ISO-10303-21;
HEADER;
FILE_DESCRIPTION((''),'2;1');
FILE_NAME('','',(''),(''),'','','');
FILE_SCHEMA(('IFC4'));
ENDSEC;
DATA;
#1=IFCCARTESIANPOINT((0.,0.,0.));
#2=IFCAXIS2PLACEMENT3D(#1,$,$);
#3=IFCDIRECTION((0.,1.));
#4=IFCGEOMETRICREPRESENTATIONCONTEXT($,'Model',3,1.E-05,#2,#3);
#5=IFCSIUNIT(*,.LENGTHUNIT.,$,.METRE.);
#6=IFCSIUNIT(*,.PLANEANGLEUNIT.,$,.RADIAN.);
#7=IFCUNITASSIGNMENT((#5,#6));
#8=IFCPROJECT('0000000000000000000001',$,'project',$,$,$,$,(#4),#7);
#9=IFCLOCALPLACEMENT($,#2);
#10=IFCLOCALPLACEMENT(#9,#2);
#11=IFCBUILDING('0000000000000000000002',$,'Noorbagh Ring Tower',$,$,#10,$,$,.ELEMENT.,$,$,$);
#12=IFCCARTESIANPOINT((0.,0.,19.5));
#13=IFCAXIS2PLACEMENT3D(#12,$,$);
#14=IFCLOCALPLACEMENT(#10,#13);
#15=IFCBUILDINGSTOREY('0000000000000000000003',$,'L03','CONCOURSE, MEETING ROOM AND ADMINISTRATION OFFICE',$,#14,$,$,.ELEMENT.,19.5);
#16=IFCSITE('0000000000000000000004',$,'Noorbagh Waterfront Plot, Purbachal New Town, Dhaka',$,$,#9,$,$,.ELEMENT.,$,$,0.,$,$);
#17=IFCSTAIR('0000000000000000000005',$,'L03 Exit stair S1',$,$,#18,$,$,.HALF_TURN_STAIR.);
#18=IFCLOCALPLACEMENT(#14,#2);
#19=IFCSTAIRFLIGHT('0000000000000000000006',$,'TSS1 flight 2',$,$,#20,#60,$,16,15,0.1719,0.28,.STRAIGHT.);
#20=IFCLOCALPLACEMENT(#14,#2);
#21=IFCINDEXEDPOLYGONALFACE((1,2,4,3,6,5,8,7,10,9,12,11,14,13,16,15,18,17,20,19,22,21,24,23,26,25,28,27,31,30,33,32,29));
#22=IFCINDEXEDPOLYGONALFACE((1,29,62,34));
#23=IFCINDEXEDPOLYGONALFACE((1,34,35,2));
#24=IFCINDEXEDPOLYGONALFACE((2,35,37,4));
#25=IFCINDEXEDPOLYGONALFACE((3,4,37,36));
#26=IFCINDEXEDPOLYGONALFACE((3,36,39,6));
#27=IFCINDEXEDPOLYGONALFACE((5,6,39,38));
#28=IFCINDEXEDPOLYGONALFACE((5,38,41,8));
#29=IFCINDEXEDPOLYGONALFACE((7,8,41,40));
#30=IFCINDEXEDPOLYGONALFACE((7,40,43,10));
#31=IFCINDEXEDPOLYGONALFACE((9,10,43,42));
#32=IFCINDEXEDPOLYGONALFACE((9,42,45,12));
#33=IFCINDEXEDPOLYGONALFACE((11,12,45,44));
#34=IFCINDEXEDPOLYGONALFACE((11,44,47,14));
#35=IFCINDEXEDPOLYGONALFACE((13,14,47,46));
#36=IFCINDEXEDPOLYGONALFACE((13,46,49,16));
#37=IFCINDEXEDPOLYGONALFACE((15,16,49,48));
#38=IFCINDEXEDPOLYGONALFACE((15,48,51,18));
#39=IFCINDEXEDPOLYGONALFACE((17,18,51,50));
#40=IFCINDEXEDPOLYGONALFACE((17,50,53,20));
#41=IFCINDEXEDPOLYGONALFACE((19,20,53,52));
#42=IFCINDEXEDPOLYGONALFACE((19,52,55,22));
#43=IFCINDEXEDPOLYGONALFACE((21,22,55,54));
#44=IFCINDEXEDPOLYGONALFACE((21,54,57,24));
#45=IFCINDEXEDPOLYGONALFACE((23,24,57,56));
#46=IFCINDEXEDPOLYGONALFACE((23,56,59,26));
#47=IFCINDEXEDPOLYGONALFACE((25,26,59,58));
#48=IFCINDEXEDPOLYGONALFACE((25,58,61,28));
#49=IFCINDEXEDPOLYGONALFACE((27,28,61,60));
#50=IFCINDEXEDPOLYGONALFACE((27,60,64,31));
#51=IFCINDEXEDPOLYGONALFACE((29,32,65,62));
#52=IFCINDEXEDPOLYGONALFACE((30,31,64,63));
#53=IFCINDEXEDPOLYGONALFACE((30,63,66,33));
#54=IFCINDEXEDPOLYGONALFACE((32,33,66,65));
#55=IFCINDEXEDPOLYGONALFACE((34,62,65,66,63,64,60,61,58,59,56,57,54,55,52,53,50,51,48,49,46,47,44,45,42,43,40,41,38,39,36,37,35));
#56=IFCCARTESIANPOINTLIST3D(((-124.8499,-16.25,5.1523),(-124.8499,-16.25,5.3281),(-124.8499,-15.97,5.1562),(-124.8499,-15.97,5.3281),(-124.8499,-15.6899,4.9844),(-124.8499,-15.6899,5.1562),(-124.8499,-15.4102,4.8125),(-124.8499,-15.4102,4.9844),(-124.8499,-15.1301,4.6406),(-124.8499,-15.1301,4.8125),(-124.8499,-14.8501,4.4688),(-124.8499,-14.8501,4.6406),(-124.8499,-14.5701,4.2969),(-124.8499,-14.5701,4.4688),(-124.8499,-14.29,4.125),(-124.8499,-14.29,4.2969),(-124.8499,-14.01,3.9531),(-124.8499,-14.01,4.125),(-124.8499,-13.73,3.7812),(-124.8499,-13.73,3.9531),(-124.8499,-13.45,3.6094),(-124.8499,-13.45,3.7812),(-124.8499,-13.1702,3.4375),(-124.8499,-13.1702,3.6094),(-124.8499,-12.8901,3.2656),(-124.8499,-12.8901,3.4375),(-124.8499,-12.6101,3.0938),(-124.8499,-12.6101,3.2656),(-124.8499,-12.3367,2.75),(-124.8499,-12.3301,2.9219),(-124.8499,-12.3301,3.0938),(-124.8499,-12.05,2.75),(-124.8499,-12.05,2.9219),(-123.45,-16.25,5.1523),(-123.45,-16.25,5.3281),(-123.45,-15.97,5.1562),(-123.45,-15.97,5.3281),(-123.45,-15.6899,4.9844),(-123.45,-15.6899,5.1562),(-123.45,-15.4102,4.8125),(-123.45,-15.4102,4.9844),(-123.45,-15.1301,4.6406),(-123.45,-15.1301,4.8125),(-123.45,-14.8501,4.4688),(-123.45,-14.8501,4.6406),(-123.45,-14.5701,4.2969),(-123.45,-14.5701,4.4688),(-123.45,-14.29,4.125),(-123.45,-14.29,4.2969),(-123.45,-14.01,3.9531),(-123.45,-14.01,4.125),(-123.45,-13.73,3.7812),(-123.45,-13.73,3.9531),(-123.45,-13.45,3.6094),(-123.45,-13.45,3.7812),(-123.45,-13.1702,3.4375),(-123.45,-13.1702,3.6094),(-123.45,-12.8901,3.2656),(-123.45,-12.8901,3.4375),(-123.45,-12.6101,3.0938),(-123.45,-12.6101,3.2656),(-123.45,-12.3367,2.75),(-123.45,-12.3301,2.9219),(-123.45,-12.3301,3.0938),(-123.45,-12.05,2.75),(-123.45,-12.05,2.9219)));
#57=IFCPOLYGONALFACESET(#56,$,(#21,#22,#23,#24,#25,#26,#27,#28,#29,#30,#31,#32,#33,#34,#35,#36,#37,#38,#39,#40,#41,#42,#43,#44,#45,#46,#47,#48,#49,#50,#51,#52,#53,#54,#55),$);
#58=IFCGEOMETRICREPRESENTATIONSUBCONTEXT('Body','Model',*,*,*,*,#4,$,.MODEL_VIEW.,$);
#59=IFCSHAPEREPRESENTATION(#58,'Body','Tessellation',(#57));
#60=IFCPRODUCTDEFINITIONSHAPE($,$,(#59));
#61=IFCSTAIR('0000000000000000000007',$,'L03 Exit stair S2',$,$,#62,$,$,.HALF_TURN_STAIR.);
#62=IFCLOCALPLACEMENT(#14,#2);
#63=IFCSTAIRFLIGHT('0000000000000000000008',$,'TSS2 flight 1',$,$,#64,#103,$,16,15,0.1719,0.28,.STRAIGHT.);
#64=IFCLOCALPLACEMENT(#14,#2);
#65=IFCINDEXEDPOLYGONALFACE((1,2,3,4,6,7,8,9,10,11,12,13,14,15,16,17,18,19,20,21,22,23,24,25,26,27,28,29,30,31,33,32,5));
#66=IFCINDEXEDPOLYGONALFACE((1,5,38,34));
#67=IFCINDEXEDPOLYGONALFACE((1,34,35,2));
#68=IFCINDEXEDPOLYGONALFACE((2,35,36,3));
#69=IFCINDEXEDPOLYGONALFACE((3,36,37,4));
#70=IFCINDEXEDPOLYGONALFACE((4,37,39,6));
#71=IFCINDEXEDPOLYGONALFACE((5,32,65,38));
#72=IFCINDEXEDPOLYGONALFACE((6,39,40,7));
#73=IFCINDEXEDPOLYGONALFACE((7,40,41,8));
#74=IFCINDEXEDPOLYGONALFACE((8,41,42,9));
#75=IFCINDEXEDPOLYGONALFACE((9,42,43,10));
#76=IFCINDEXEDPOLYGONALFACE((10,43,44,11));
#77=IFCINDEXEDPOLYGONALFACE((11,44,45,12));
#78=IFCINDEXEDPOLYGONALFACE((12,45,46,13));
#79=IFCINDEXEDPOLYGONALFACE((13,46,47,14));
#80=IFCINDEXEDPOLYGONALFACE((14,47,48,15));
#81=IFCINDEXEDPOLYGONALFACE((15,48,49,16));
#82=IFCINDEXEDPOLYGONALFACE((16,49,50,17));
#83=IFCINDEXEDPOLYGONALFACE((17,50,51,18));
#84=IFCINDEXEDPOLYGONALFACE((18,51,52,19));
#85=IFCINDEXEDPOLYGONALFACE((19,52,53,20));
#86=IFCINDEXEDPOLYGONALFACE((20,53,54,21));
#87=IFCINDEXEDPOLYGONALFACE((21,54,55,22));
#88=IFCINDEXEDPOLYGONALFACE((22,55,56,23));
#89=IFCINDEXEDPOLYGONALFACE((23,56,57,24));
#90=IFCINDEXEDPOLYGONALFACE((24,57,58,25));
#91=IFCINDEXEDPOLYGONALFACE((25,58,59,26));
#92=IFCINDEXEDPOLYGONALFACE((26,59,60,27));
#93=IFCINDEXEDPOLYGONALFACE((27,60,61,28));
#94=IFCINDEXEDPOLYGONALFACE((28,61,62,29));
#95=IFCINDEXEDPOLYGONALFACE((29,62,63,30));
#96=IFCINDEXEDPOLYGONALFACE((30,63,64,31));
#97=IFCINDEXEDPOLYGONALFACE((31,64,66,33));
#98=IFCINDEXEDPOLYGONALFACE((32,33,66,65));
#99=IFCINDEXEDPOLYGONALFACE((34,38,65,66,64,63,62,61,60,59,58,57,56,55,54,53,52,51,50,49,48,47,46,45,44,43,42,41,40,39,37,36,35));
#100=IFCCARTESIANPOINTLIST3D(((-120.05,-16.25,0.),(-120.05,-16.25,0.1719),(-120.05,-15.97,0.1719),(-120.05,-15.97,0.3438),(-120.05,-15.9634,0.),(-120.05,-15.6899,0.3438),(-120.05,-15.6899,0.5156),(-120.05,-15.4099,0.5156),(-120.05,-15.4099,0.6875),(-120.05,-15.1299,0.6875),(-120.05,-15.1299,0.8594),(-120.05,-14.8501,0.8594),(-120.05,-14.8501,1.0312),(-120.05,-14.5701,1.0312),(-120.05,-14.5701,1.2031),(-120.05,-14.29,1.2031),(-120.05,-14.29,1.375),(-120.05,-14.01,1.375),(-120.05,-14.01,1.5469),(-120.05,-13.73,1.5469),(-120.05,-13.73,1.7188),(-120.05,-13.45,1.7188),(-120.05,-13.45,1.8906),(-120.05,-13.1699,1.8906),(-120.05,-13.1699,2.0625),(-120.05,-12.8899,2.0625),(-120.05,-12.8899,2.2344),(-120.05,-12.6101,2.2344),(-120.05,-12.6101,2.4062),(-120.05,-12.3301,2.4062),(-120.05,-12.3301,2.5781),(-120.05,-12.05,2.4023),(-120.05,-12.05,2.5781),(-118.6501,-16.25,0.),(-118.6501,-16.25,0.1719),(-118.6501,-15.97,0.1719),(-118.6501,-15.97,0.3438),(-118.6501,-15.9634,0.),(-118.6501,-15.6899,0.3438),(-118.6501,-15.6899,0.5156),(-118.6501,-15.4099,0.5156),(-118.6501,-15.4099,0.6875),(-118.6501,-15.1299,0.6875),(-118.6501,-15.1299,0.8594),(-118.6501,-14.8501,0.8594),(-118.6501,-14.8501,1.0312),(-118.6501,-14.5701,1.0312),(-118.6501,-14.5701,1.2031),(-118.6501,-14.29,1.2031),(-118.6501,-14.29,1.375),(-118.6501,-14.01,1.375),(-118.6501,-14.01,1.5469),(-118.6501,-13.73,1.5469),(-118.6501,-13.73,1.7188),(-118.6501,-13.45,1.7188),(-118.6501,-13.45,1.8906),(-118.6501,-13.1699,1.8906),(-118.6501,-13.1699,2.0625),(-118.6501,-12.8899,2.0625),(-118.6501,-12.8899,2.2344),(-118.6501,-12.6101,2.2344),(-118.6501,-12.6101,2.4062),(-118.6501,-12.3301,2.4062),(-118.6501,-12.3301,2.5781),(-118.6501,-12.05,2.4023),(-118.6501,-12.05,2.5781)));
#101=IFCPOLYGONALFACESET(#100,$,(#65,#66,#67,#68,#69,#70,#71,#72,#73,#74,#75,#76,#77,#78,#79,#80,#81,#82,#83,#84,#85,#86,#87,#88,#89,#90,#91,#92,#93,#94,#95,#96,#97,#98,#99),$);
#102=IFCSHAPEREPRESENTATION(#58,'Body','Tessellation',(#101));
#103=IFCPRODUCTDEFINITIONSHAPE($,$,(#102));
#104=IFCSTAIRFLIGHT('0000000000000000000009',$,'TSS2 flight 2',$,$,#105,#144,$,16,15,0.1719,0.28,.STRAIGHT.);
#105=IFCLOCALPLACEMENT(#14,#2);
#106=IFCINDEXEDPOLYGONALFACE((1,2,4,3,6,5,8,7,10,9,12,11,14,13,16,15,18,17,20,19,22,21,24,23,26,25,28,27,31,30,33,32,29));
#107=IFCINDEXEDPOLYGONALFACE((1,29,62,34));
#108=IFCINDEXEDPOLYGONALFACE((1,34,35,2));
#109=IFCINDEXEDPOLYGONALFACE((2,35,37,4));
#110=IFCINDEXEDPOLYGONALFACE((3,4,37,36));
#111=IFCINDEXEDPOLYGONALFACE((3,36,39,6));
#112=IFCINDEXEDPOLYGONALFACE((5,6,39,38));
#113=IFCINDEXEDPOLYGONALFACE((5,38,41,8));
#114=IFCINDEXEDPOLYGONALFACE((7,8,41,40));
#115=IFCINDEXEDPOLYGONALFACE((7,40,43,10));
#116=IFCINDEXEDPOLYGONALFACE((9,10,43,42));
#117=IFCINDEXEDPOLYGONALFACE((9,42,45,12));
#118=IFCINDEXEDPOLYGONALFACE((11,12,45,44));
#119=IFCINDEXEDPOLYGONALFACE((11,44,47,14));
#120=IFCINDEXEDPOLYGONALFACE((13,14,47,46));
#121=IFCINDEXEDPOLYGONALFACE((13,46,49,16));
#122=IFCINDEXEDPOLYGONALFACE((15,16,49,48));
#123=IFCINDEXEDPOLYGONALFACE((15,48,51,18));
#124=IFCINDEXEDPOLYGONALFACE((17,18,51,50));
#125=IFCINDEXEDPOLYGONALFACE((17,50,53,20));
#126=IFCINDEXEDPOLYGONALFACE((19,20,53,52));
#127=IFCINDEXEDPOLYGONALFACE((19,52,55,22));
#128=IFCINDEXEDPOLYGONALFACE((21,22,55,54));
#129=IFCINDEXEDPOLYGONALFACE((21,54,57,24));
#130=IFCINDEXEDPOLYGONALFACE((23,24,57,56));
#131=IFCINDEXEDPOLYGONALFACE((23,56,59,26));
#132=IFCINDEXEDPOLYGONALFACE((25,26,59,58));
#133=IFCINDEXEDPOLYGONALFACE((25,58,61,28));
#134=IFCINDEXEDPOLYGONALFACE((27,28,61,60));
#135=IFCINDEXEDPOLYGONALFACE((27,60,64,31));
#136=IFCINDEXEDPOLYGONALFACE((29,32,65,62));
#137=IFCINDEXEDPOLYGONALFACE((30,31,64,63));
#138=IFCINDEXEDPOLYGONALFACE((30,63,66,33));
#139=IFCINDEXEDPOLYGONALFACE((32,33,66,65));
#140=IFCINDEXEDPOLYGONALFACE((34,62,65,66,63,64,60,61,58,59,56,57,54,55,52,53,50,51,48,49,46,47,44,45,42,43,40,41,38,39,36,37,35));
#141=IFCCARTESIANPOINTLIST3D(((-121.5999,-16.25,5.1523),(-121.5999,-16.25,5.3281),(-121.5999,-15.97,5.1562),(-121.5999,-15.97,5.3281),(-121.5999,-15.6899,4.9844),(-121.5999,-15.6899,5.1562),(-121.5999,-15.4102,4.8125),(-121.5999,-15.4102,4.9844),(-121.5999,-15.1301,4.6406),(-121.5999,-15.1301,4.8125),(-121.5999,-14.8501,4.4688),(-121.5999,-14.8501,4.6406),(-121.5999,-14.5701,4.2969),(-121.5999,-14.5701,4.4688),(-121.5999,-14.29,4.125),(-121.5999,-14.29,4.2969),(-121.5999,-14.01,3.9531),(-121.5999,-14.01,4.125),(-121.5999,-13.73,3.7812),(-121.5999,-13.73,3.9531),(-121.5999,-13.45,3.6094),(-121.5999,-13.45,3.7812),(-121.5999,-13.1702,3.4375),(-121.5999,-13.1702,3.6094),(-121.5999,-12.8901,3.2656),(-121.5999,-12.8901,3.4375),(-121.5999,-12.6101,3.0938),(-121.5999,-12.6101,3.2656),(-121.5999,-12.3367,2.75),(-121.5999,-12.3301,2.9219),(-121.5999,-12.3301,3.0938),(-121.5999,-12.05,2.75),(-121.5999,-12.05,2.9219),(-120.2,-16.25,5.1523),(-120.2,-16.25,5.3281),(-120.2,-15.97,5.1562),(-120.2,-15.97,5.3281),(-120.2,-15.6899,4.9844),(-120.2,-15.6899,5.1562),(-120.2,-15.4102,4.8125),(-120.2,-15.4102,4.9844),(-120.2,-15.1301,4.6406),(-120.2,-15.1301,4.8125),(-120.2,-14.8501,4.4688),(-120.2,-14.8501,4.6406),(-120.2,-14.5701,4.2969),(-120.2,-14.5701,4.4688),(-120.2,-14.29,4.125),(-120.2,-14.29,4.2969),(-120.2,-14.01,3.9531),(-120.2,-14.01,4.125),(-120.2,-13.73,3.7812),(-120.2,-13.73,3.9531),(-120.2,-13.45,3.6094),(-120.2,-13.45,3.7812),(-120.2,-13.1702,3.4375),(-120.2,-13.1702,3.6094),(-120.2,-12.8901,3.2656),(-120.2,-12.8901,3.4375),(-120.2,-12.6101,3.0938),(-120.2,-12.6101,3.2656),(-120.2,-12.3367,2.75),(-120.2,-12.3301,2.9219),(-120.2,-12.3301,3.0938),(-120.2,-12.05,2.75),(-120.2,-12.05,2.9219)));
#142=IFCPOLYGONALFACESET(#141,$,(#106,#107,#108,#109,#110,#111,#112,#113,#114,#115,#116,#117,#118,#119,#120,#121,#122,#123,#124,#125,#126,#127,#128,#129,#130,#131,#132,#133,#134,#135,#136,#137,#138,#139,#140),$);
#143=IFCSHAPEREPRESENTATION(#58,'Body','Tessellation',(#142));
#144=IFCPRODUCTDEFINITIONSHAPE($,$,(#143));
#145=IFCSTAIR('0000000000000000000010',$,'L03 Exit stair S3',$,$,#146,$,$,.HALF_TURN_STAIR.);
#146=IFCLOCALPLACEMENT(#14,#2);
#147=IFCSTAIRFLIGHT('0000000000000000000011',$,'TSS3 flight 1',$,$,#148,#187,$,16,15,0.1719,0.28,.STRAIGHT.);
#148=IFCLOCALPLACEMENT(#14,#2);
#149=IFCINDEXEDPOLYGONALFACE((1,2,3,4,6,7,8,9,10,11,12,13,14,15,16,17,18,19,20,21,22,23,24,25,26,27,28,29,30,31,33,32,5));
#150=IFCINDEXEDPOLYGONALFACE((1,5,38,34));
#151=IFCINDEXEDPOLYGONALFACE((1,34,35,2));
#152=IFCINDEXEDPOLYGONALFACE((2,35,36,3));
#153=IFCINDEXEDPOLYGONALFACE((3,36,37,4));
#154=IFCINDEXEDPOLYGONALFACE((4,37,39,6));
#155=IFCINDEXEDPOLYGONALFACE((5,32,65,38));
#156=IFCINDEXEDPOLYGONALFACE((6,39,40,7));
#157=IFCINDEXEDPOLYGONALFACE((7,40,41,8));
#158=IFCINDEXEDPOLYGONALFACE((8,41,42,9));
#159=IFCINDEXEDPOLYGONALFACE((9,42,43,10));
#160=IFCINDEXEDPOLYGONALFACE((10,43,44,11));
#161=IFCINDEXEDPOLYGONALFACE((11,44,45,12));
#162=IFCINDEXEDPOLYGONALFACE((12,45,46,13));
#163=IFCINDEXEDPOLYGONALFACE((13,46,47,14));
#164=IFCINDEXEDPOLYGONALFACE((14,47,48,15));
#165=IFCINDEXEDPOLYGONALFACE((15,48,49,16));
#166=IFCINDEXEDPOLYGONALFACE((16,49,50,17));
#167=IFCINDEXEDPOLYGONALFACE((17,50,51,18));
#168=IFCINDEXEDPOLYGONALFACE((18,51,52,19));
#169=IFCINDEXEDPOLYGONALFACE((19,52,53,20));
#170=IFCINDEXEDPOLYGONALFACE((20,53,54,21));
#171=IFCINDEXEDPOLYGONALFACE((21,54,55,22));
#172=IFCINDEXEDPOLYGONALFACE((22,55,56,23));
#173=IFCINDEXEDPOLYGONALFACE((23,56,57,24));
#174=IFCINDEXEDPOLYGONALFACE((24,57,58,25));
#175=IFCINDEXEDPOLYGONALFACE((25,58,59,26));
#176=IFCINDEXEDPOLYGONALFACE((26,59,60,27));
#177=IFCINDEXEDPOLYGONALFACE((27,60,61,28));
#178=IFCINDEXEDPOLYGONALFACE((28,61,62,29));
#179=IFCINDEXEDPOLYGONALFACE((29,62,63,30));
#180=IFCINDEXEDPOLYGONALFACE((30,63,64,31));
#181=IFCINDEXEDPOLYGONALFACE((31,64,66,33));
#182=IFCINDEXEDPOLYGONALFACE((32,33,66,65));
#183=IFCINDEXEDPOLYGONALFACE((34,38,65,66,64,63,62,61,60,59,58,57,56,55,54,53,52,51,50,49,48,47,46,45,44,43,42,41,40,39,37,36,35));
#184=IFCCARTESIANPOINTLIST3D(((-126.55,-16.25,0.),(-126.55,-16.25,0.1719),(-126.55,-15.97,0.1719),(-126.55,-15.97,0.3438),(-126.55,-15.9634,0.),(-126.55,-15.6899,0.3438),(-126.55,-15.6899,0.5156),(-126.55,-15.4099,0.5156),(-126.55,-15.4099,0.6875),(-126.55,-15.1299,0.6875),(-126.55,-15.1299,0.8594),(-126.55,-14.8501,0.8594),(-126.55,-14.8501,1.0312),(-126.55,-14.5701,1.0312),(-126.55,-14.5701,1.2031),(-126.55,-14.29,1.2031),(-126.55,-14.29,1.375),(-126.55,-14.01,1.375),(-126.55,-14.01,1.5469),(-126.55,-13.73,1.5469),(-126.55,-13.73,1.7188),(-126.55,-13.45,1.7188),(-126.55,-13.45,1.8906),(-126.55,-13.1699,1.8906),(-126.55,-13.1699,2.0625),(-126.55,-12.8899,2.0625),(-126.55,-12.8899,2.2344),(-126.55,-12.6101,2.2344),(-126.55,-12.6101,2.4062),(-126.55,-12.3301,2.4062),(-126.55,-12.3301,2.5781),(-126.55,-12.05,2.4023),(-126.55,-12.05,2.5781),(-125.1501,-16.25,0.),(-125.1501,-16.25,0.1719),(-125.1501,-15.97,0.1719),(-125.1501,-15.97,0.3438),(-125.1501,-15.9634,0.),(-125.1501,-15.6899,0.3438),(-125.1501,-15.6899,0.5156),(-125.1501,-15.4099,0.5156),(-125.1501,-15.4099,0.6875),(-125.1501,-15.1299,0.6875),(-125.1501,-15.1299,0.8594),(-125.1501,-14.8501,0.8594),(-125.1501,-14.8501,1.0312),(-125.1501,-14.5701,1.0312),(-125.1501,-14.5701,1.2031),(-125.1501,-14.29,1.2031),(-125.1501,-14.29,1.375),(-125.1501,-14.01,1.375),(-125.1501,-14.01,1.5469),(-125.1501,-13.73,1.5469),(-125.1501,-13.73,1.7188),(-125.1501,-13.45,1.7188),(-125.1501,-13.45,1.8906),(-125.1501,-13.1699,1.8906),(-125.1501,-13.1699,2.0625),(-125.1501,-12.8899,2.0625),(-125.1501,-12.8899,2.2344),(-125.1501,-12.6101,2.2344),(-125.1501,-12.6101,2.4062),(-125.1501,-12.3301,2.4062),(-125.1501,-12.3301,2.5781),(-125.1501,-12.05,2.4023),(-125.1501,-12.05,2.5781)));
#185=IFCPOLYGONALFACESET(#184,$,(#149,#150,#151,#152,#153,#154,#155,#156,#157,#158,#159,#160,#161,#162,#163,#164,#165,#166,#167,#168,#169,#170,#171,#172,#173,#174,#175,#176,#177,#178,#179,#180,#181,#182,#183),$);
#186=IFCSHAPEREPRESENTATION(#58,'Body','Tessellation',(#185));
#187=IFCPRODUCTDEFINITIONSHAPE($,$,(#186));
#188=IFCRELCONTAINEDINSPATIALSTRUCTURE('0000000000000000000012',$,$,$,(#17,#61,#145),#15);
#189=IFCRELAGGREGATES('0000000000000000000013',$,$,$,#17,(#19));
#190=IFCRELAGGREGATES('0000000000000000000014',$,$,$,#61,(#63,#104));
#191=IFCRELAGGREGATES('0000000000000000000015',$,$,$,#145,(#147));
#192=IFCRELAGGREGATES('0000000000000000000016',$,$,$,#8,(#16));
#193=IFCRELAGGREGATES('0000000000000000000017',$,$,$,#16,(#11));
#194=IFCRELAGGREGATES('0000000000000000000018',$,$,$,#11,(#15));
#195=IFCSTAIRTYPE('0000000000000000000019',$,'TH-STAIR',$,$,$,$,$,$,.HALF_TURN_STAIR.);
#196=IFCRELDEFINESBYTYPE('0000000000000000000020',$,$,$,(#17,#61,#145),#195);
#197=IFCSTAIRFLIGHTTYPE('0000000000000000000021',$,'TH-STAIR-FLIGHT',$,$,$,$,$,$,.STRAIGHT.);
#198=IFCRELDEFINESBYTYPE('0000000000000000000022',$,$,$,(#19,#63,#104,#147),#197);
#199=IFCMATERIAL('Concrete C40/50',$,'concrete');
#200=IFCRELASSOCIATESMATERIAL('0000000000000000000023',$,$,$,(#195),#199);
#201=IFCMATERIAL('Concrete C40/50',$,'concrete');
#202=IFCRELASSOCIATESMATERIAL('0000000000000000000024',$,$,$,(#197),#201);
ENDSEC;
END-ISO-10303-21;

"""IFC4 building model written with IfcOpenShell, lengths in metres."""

from ifc_helpers import new_model, si_unit, direction, frame, origin, place, context, subcontext, project, spatial, polyline, outline, extrude, material, type_object, element, aggregate, save


model = new_model("IFC4")

# Units and contexts
model_context = context("Model", 3, precision=1e-05, world=origin(), true_north=direction((0.0, 1.0)))
body_context = subcontext(model_context, "Body", "Model", "MODEL_VIEW")
ifc_project = project(units=[si_unit("LENGTHUNIT", "METRE"), si_unit("PLANEANGLEUNIT", "RADIAN")], contexts=[model_context])

# Site, building, storey
site_placement = place(None, origin())
site = spatial("IfcSite", under=ifc_project, at=site_placement, Name="Noorbagh Waterfront Plot, Purbachal New Town, Dhaka", CompositionType="ELEMENT", RefElevation=0.0)
building_placement = place(site_placement, origin())
building = spatial("IfcBuilding", under=site, at=building_placement, Name="Noorbagh Ring Tower", CompositionType="ELEMENT")
storey_placement = place(building_placement, frame((0.0, 0.0, 19.5)))
storey = spatial("IfcBuildingStorey", under=building, at=storey_placement, Name="L03", Description="CONCOURSE, MEETING ROOM AND ADMINISTRATION OFFICE", CompositionType="ELEMENT", Elevation=19.5)

# Stairs, stair flights
ifc_material_1 = material(Name="Concrete C40/50", Category="concrete")
stair_type = type_object("IfcStairType", Name="TH-STAIR", PredefinedType="HALF_TURN_STAIR", material=ifc_material_1)
stair_1_placement = place(storey_placement, origin())
stair_1 = element("IfcStair", 1, at=stair_1_placement, inside=storey, type_object=stair_type, Name="L03 Exit stair S1", PredefinedType="HALF_TURN_STAIR")
ifc_material_2 = material(Name="Concrete C40/50", Category="concrete")
stair_flight_type = type_object("IfcStairFlightType", Name="TH-STAIR-FLIGHT", PredefinedType="STRAIGHT", material=ifc_material_2)
stair_flight_1_placement = place(storey_placement, frame((-124.1499, -12.05, 2.75), z_axis=(0.0, 0.0, 1.0), x_axis=(0.0, -1.0, 0.0)))
stair_flight_1 = element("IfcStairFlight", 2, at=stair_flight_1_placement, type_object=stair_flight_type, Name="TSS1 flight 2", NumberOfRisers=16, NumberOfTreads=15, PredefinedType="STRAIGHT", RiserHeight=0.1719, TreadLength=0.28, context=body_context, shape_type="SweptSolid", body=[
    extrude(outline(polyline([(0.0, 0.0), (0.0, 0.1719), (0.28, 0.1719), (0.28, 0.3438), (0.5601, 0.3438), (0.5601, 0.5156), (0.8401, 0.5156), (0.8401, 0.6875), (1.1201, 0.6875), (1.1201, 0.8594), (1.3999, 0.8594), (1.3999, 1.0312), (1.6799, 1.0312), (1.6799, 1.2031), (1.96, 1.2031), (1.96, 1.375), (2.24, 1.375), (2.24, 1.5469), (2.52, 1.5469), (2.52, 1.7188), (2.8, 1.7188), (2.8, 1.8906), (3.0801, 1.8906), (3.0801, 2.0625), (3.3601, 2.0625), (3.3601, 2.2344), (3.6399, 2.2344), (3.6399, 2.4062), (3.9199, 2.4062), (3.9199, 2.5781), (4.2, 2.5781), (4.2, 2.75), (4.2, 2.4023), (0.2866, 0.0), (0.0, 0.0)])), frame((0.0, 0.7, 0.0), z_axis=(0.0, -1.0, 0.0), x_axis=(1.0, 0.0, 0.0)), (0.0, 0.0, 1.0), 1.3999),
])
aggregate(stair_1, [stair_flight_1])
stair_2_placement = place(storey_placement, origin())
stair_2 = element("IfcStair", 3, at=stair_2_placement, inside=storey, type_object=stair_type, Name="L03 Exit stair S2", PredefinedType="HALF_TURN_STAIR")
stair_flight_2_placement = place(storey_placement, frame((-119.3501, -16.25, 0.0), z_axis=(0.0, 0.0, 1.0), x_axis=(0.0, 1.0, 0.0)))
stair_flight_2 = element("IfcStairFlight", 4, at=stair_flight_2_placement, type_object=stair_flight_type, Name="TSS2 flight 1", NumberOfRisers=16, NumberOfTreads=15, PredefinedType="STRAIGHT", RiserHeight=0.1719, TreadLength=0.28, context=body_context, shape_type="SweptSolid", body=[
    extrude(outline(polyline([(0.0, 0.0), (0.0, 0.1719), (0.28, 0.1719), (0.28, 0.3438), (0.5601, 0.3438), (0.5601, 0.5156), (0.8401, 0.5156), (0.8401, 0.6875), (1.1201, 0.6875), (1.1201, 0.8594), (1.3999, 0.8594), (1.3999, 1.0312), (1.6799, 1.0312), (1.6799, 1.2031), (1.96, 1.2031), (1.96, 1.375), (2.24, 1.375), (2.24, 1.5469), (2.52, 1.5469), (2.52, 1.7188), (2.8, 1.7188), (2.8, 1.8906), (3.0801, 1.8906), (3.0801, 2.0625), (3.3601, 2.0625), (3.3601, 2.2344), (3.6399, 2.2344), (3.6399, 2.4062), (3.9199, 2.4062), (3.9199, 2.5781), (4.2, 2.5781), (4.2, 2.75), (4.2, 2.4023), (0.2866, 0.0), (0.0, 0.0)])), frame((0.0, 0.7, 0.0), z_axis=(0.0, -1.0, 0.0), x_axis=(1.0, 0.0, 0.0)), (0.0, 0.0, 1.0), 1.3999),
])
stair_flight_3_placement = place(storey_placement, frame((-120.8999, -12.05, 2.75), z_axis=(0.0, 0.0, 1.0), x_axis=(0.0, -1.0, 0.0)))
stair_flight_3 = element("IfcStairFlight", 5, at=stair_flight_3_placement, type_object=stair_flight_type, Name="TSS2 flight 2", NumberOfRisers=16, NumberOfTreads=15, PredefinedType="STRAIGHT", RiserHeight=0.1719, TreadLength=0.28, context=body_context, shape_type="SweptSolid", body=[
    extrude(outline(polyline([(0.0, 0.0), (0.0, 0.1719), (0.28, 0.1719), (0.28, 0.3438), (0.5601, 0.3438), (0.5601, 0.5156), (0.8401, 0.5156), (0.8401, 0.6875), (1.1201, 0.6875), (1.1201, 0.8594), (1.3999, 0.8594), (1.3999, 1.0312), (1.6799, 1.0312), (1.6799, 1.2031), (1.96, 1.2031), (1.96, 1.375), (2.24, 1.375), (2.24, 1.5469), (2.52, 1.5469), (2.52, 1.7188), (2.8, 1.7188), (2.8, 1.8906), (3.0801, 1.8906), (3.0801, 2.0625), (3.3601, 2.0625), (3.3601, 2.2344), (3.6399, 2.2344), (3.6399, 2.4062), (3.9199, 2.4062), (3.9199, 2.5781), (4.2, 2.5781), (4.2, 2.75), (4.2, 2.4023), (0.2866, 0.0), (0.0, 0.0)])), frame((0.0, 0.7, 0.0), z_axis=(0.0, -1.0, 0.0), x_axis=(1.0, 0.0, 0.0)), (0.0, 0.0, 1.0), 1.3999),
])
aggregate(stair_2, [stair_flight_2, stair_flight_3])
stair_3_placement = place(storey_placement, origin())
stair_3 = element("IfcStair", 6, at=stair_3_placement, inside=storey, type_object=stair_type, Name="L03 Exit stair S3", PredefinedType="HALF_TURN_STAIR")
stair_flight_4_placement = place(storey_placement, frame((-125.8501, -16.25, 0.0), z_axis=(0.0, 0.0, 1.0), x_axis=(0.0, 1.0, 0.0)))
stair_flight_4 = element("IfcStairFlight", 7, at=stair_flight_4_placement, type_object=stair_flight_type, Name="TSS3 flight 1", NumberOfRisers=16, NumberOfTreads=15, PredefinedType="STRAIGHT", RiserHeight=0.1719, TreadLength=0.28, context=body_context, shape_type="SweptSolid", body=[
    extrude(outline(polyline([(0.0, 0.0), (0.0, 0.1719), (0.28, 0.1719), (0.28, 0.3438), (0.5601, 0.3438), (0.5601, 0.5156), (0.8401, 0.5156), (0.8401, 0.6875), (1.1201, 0.6875), (1.1201, 0.8594), (1.3999, 0.8594), (1.3999, 1.0312), (1.6799, 1.0312), (1.6799, 1.2031), (1.96, 1.2031), (1.96, 1.375), (2.24, 1.375), (2.24, 1.5469), (2.52, 1.5469), (2.52, 1.7188), (2.8, 1.7188), (2.8, 1.8906), (3.0801, 1.8906), (3.0801, 2.0625), (3.3601, 2.0625), (3.3601, 2.2344), (3.6399, 2.2344), (3.6399, 2.4062), (3.9199, 2.4062), (3.9199, 2.5781), (4.2, 2.5781), (4.2, 2.75), (4.2, 2.4023), (0.2866, 0.0), (0.0, 0.0)])), frame((0.0, 0.7, 0.0), z_axis=(0.0, -1.0, 0.0), x_axis=(1.0, 0.0, 0.0)), (0.0, 0.0, 1.0), 1.3999),
])
aggregate(stair_3, [stair_flight_4])

save(model, "model.ifc")
